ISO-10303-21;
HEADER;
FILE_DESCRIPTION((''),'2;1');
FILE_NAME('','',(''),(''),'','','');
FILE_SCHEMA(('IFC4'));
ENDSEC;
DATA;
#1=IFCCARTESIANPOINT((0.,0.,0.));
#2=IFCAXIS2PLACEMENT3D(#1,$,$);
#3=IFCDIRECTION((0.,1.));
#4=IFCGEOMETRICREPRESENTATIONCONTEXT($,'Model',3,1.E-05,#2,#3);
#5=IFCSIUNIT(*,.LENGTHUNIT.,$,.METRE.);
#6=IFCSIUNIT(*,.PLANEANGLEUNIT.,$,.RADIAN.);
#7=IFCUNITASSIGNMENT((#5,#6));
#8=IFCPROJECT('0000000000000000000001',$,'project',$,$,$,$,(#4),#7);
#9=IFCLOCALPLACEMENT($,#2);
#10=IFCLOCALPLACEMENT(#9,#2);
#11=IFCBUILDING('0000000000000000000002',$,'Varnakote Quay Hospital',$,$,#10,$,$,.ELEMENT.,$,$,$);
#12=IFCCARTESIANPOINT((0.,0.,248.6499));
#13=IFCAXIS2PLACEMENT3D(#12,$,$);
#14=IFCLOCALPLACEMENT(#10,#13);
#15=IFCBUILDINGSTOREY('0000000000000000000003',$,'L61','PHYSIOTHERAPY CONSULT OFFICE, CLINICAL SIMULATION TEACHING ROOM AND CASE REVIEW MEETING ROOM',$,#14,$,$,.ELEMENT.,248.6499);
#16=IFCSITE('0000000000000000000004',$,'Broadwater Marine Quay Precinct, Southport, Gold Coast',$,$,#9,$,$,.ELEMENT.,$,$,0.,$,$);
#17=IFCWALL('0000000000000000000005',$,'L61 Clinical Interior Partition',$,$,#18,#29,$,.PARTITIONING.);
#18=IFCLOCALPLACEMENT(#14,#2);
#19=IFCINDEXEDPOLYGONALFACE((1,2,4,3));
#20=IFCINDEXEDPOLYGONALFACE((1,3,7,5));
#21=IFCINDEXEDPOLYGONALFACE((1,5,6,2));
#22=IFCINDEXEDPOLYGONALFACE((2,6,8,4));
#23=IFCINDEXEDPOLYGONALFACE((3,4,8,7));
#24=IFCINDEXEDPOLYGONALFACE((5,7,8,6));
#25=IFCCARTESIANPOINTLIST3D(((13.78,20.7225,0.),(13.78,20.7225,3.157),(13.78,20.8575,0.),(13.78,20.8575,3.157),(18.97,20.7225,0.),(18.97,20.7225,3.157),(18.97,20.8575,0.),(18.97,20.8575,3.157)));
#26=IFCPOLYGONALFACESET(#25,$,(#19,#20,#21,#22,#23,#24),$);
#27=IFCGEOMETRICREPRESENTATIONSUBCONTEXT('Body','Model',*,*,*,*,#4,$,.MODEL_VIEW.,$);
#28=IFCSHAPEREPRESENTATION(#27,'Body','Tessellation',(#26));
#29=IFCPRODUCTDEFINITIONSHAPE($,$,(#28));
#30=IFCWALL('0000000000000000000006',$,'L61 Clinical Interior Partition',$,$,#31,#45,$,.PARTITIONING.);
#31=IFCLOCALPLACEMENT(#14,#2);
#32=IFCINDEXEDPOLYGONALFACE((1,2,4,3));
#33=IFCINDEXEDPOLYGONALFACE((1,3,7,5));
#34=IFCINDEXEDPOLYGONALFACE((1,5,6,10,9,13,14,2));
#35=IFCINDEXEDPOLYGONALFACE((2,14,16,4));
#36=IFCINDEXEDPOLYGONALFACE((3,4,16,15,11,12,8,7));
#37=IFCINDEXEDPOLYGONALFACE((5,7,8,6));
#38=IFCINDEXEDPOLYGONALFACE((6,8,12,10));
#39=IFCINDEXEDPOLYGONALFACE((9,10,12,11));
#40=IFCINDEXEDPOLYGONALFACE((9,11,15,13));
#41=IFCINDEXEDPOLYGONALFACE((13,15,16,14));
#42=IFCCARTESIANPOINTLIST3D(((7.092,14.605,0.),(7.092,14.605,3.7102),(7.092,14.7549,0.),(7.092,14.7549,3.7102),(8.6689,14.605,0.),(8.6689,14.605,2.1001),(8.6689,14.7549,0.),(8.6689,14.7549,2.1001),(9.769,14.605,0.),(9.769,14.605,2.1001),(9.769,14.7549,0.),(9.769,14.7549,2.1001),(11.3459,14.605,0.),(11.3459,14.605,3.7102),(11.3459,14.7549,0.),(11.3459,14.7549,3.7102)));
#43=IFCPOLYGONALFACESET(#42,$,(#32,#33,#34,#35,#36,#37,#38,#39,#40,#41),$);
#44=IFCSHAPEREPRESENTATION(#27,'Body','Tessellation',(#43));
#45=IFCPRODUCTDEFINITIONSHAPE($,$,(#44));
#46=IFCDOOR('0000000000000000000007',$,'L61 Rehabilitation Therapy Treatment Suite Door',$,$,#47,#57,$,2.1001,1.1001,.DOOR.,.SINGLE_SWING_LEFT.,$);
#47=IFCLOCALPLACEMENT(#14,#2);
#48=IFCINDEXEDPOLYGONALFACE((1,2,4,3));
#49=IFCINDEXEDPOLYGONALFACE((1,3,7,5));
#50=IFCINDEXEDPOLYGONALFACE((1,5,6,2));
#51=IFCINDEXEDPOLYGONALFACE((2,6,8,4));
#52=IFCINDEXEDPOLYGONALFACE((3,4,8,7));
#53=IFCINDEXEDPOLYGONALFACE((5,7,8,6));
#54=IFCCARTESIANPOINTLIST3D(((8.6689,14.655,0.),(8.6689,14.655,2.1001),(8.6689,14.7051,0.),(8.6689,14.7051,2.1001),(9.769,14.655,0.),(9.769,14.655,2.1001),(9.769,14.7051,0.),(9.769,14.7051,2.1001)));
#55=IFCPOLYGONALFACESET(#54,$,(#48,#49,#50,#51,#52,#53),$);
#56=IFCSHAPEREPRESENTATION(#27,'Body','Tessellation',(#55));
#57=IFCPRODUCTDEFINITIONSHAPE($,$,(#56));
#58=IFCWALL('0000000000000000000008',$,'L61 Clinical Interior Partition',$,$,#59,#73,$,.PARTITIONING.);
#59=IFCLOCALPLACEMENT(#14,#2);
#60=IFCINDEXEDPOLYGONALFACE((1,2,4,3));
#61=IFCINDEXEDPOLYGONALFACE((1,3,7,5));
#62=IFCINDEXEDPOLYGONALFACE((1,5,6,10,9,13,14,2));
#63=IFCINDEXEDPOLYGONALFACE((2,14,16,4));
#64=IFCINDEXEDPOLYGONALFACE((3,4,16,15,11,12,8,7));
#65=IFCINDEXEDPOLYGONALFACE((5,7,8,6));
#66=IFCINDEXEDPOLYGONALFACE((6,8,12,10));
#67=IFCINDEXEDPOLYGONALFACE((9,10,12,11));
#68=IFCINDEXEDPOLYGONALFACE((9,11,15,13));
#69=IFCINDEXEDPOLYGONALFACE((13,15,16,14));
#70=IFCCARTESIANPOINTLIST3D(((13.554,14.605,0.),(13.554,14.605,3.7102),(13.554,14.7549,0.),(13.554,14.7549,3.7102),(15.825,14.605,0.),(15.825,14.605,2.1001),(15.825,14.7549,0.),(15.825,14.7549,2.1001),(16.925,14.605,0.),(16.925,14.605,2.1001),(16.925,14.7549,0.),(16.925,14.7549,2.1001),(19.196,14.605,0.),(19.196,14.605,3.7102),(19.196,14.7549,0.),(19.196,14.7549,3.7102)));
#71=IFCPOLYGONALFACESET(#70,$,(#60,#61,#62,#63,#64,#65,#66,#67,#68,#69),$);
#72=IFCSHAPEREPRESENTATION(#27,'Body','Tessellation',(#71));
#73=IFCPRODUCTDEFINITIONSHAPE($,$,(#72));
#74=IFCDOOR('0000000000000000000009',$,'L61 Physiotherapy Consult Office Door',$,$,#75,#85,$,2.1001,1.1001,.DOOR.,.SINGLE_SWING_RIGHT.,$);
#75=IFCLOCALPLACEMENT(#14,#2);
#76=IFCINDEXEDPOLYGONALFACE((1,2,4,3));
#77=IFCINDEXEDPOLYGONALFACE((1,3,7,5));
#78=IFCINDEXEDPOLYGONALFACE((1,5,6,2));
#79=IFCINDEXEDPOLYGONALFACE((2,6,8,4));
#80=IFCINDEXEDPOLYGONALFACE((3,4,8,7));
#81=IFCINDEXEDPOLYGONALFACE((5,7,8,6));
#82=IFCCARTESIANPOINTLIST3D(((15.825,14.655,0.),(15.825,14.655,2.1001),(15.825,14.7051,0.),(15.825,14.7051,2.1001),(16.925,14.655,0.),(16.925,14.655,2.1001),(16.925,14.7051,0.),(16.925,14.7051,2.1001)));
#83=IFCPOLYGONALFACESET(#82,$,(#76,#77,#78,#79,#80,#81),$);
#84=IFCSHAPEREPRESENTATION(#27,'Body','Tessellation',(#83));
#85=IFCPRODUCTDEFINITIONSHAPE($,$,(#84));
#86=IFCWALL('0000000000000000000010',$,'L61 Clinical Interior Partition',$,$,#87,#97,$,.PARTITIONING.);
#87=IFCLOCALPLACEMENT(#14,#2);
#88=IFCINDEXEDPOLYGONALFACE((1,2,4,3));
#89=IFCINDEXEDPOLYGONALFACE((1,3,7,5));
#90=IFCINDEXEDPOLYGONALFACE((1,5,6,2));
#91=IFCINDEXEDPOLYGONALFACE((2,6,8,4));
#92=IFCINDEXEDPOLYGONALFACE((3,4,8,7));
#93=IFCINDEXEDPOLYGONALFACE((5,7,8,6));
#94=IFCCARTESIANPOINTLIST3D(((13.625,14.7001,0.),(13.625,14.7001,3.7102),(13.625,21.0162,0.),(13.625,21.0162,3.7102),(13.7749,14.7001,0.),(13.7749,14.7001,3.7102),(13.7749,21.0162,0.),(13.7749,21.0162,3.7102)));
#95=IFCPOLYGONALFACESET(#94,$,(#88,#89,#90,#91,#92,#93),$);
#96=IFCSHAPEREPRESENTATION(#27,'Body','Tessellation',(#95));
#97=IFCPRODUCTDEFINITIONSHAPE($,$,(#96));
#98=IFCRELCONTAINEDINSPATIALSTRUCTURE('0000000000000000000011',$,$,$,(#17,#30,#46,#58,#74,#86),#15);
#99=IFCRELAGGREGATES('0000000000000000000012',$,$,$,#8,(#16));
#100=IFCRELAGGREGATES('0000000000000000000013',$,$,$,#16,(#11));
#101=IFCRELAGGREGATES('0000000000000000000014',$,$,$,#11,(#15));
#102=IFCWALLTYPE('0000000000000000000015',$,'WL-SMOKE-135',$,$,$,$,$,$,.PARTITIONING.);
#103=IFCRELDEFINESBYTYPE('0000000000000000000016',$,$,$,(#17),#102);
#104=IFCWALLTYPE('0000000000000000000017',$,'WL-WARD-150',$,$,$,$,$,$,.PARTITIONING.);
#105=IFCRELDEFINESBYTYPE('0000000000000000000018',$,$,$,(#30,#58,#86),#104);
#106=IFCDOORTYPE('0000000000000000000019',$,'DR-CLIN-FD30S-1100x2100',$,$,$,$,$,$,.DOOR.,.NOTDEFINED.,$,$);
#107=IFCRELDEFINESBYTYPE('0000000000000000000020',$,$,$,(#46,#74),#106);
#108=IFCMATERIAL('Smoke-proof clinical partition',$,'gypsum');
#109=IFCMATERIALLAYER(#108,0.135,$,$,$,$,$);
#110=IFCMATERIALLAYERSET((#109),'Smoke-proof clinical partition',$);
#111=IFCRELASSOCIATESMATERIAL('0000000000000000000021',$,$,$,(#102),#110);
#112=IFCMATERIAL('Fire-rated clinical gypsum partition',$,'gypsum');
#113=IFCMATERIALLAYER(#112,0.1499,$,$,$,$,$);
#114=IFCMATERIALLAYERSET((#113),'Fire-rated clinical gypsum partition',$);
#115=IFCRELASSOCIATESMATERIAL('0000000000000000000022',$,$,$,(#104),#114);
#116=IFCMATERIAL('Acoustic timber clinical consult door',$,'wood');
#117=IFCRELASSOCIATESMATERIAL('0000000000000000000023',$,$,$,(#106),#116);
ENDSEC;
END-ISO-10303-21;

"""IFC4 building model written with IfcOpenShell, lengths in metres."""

from ifc_helpers import new_model, si_unit, direction, frame, frame_2d, origin, place, context, subcontext, project, spatial, rectangle, extrude, material, layer, layer_set, type_object, element, fill, save


model = new_model("IFC4")

# Units and contexts
model_context = context("Model", 3, precision=1e-05, world=origin(), true_north=direction((0.0, 1.0)))
body_context = subcontext(model_context, "Body", "Model", "MODEL_VIEW")
ifc_project = project(units=[si_unit("LENGTHUNIT", "METRE"), si_unit("PLANEANGLEUNIT", "RADIAN")], contexts=[model_context])

# Site, building, storey
site_placement = place(None, origin())
site = spatial("IfcSite", under=ifc_project, at=site_placement, Name="Broadwater Marine Quay Precinct, Southport, Gold Coast", CompositionType="ELEMENT", RefElevation=0.0)
building_placement = place(site_placement, origin())
building = spatial("IfcBuilding", under=site, at=building_placement, Name="Varnakote Quay Hospital", CompositionType="ELEMENT")
storey_placement = place(building_placement, frame((0.0, 0.0, 248.6499)))
storey = spatial("IfcBuildingStorey", under=building, at=storey_placement, Name="L61", Description="PHYSIOTHERAPY CONSULT OFFICE, CLINICAL SIMULATION TEACHING ROOM AND CASE REVIEW MEETING ROOM", CompositionType="ELEMENT", Elevation=248.6499)

# Wall
ifc_material_1 = material(Name="Smoke-proof clinical partition", Category="gypsum")
ifc_layer_1 = layer(ifc_material_1, 0.135)
ifc_layer_set_1 = layer_set([ifc_layer_1], Name="Smoke-proof clinical partition")
wall_type_1 = type_object("IfcWallType", Name="WL-SMOKE-135", PredefinedType="PARTITIONING", material=ifc_layer_set_1)
wall_1_placement = place(storey_placement, frame((18.97, 20.79, 0.0), z_axis=(0.0, 0.0, 1.0), x_axis=(-1.0, 0.0, 0.0)))
element("IfcWall", 1, at=wall_1_placement, inside=storey, type_object=wall_type_1, Name="L61 Clinical Interior Partition", PredefinedType="PARTITIONING", context=body_context, shape_type="SweptSolid", body=[
    extrude(rectangle(XDim=5.1899, YDim=0.135, at=frame_2d((2.595, 0.0))), origin(), (0.0, 0.0, 1.0), 3.157),
])

# Walls, openings, doors
ifc_material_2 = material(Name="Fire-rated clinical gypsum partition", Category="gypsum")
ifc_layer_2 = layer(ifc_material_2, 0.1499)
ifc_layer_set_2 = layer_set([ifc_layer_2], Name="Fire-rated clinical gypsum partition")
wall_type_2 = type_object("IfcWallType", Name="WL-WARD-150", PredefinedType="PARTITIONING", material=ifc_layer_set_2)
wall_2_placement = place(storey_placement, frame((11.3459, 14.6799, 0.0), z_axis=(0.0, 0.0, 1.0), x_axis=(-1.0, 0.0, 0.0)))
wall_2 = element("IfcWall", 2, at=wall_2_placement, inside=storey, type_object=wall_type_2, Name="L61 Clinical Interior Partition", PredefinedType="PARTITIONING", context=body_context, shape_type="SweptSolid", body=[
    extrude(rectangle(XDim=4.2539, YDim=0.1499, at=frame_2d((2.127, 0.0))), origin(), (0.0, 0.0, 1.0), 3.7102),
])
opening_1_placement = place(wall_2_placement, frame((1.5769, 0.0, 0.0)))
opening_1 = element("IfcOpeningElement", 3, at=opening_1_placement, cuts=wall_2, PredefinedType="OPENING", context=body_context, shape_type="SweptSolid", body=[
    extrude(rectangle(XDim=1.1001, YDim=2.1001, at=frame_2d((0.55, 1.05))), frame((0.0, 0.085, 0.0), z_axis=(0.0, -1.0, 0.0), x_axis=(1.0, 0.0, 0.0)), (0.0, 0.0, 1.0), 0.1699),
])
ifc_material_3 = material(Name="Acoustic timber clinical consult door", Category="wood")
door_type_1 = type_object("IfcDoorType", Name="DR-CLIN-FD30S-1100x2100", OperationType="NOTDEFINED", PredefinedType="DOOR", material=ifc_material_3)
door_1_placement = place(opening_1_placement, origin())
door_1 = element("IfcDoor", 4, at=door_1_placement, inside=storey, type_object=door_type_1, Name="L61 Rehabilitation Therapy Treatment Suite Door", OperationType="SINGLE_SWING_LEFT", OverallHeight=2.1001, OverallWidth=1.1001, PredefinedType="DOOR", context=body_context, shape_type="SweptSolid", body=[
    extrude(rectangle(XDim=1.1001, YDim=2.1001, at=frame_2d((0.55, 1.05))), frame((0.0, 0.0249, 0.0), z_axis=(0.0, -1.0, 0.0), x_axis=(1.0, 0.0, 0.0)), (0.0, 0.0, 1.0), 0.05),
])
fill(opening_1, door_1)
wall_3_placement = place(storey_placement, frame((19.196, 14.6799, 0.0), z_axis=(0.0, 0.0, 1.0), x_axis=(-1.0, 0.0, 0.0)))
wall_3 = element("IfcWall", 5, at=wall_3_placement, inside=storey, type_object=wall_type_2, Name="L61 Clinical Interior Partition", PredefinedType="PARTITIONING", context=body_context, shape_type="SweptSolid", body=[
    extrude(rectangle(XDim=5.6421, YDim=0.1499, at=frame_2d((2.821, 0.0))), origin(), (0.0, 0.0, 1.0), 3.7102),
])
opening_2_placement = place(wall_3_placement, frame((2.271, 0.0, 0.0)))
opening_2 = element("IfcOpeningElement", 6, at=opening_2_placement, cuts=wall_3, PredefinedType="OPENING", context=body_context, shape_type="SweptSolid", body=[
    extrude(rectangle(XDim=1.1001, YDim=2.1001, at=frame_2d((0.55, 1.05))), frame((0.0, 0.085, 0.0), z_axis=(0.0, -1.0, 0.0), x_axis=(1.0, 0.0, 0.0)), (0.0, 0.0, 1.0), 0.1699),
])
door_2_placement = place(opening_2_placement, origin())
door_2 = element("IfcDoor", 7, at=door_2_placement, inside=storey, type_object=door_type_1, Name="L61 Physiotherapy Consult Office Door", OperationType="SINGLE_SWING_RIGHT", OverallHeight=2.1001, OverallWidth=1.1001, PredefinedType="DOOR", context=body_context, shape_type="SweptSolid", body=[
    extrude(rectangle(XDim=1.1001, YDim=2.1001, at=frame_2d((0.55, 1.05))), frame((0.0, 0.0249, 0.0), z_axis=(0.0, -1.0, 0.0), x_axis=(1.0, 0.0, 0.0)), (0.0, 0.0, 1.0), 0.05),
])
fill(opening_2, door_2)

# Wall
wall_4_placement = place(storey_placement, frame((13.7, 14.7, 0.0), z_axis=(0.0, 0.0, 1.0), x_axis=(0.0, 1.0, 0.0)))
element("IfcWall", 8, at=wall_4_placement, inside=storey, type_object=wall_type_2, Name="L61 Clinical Interior Partition", PredefinedType="PARTITIONING", context=body_context, shape_type="SweptSolid", body=[
    extrude(rectangle(XDim=6.3162, YDim=0.1499, at=frame_2d((3.1582, 0.0))), origin(), (0.0, 0.0, 1.0), 3.7102),
])

save(model, "model.ifc")
